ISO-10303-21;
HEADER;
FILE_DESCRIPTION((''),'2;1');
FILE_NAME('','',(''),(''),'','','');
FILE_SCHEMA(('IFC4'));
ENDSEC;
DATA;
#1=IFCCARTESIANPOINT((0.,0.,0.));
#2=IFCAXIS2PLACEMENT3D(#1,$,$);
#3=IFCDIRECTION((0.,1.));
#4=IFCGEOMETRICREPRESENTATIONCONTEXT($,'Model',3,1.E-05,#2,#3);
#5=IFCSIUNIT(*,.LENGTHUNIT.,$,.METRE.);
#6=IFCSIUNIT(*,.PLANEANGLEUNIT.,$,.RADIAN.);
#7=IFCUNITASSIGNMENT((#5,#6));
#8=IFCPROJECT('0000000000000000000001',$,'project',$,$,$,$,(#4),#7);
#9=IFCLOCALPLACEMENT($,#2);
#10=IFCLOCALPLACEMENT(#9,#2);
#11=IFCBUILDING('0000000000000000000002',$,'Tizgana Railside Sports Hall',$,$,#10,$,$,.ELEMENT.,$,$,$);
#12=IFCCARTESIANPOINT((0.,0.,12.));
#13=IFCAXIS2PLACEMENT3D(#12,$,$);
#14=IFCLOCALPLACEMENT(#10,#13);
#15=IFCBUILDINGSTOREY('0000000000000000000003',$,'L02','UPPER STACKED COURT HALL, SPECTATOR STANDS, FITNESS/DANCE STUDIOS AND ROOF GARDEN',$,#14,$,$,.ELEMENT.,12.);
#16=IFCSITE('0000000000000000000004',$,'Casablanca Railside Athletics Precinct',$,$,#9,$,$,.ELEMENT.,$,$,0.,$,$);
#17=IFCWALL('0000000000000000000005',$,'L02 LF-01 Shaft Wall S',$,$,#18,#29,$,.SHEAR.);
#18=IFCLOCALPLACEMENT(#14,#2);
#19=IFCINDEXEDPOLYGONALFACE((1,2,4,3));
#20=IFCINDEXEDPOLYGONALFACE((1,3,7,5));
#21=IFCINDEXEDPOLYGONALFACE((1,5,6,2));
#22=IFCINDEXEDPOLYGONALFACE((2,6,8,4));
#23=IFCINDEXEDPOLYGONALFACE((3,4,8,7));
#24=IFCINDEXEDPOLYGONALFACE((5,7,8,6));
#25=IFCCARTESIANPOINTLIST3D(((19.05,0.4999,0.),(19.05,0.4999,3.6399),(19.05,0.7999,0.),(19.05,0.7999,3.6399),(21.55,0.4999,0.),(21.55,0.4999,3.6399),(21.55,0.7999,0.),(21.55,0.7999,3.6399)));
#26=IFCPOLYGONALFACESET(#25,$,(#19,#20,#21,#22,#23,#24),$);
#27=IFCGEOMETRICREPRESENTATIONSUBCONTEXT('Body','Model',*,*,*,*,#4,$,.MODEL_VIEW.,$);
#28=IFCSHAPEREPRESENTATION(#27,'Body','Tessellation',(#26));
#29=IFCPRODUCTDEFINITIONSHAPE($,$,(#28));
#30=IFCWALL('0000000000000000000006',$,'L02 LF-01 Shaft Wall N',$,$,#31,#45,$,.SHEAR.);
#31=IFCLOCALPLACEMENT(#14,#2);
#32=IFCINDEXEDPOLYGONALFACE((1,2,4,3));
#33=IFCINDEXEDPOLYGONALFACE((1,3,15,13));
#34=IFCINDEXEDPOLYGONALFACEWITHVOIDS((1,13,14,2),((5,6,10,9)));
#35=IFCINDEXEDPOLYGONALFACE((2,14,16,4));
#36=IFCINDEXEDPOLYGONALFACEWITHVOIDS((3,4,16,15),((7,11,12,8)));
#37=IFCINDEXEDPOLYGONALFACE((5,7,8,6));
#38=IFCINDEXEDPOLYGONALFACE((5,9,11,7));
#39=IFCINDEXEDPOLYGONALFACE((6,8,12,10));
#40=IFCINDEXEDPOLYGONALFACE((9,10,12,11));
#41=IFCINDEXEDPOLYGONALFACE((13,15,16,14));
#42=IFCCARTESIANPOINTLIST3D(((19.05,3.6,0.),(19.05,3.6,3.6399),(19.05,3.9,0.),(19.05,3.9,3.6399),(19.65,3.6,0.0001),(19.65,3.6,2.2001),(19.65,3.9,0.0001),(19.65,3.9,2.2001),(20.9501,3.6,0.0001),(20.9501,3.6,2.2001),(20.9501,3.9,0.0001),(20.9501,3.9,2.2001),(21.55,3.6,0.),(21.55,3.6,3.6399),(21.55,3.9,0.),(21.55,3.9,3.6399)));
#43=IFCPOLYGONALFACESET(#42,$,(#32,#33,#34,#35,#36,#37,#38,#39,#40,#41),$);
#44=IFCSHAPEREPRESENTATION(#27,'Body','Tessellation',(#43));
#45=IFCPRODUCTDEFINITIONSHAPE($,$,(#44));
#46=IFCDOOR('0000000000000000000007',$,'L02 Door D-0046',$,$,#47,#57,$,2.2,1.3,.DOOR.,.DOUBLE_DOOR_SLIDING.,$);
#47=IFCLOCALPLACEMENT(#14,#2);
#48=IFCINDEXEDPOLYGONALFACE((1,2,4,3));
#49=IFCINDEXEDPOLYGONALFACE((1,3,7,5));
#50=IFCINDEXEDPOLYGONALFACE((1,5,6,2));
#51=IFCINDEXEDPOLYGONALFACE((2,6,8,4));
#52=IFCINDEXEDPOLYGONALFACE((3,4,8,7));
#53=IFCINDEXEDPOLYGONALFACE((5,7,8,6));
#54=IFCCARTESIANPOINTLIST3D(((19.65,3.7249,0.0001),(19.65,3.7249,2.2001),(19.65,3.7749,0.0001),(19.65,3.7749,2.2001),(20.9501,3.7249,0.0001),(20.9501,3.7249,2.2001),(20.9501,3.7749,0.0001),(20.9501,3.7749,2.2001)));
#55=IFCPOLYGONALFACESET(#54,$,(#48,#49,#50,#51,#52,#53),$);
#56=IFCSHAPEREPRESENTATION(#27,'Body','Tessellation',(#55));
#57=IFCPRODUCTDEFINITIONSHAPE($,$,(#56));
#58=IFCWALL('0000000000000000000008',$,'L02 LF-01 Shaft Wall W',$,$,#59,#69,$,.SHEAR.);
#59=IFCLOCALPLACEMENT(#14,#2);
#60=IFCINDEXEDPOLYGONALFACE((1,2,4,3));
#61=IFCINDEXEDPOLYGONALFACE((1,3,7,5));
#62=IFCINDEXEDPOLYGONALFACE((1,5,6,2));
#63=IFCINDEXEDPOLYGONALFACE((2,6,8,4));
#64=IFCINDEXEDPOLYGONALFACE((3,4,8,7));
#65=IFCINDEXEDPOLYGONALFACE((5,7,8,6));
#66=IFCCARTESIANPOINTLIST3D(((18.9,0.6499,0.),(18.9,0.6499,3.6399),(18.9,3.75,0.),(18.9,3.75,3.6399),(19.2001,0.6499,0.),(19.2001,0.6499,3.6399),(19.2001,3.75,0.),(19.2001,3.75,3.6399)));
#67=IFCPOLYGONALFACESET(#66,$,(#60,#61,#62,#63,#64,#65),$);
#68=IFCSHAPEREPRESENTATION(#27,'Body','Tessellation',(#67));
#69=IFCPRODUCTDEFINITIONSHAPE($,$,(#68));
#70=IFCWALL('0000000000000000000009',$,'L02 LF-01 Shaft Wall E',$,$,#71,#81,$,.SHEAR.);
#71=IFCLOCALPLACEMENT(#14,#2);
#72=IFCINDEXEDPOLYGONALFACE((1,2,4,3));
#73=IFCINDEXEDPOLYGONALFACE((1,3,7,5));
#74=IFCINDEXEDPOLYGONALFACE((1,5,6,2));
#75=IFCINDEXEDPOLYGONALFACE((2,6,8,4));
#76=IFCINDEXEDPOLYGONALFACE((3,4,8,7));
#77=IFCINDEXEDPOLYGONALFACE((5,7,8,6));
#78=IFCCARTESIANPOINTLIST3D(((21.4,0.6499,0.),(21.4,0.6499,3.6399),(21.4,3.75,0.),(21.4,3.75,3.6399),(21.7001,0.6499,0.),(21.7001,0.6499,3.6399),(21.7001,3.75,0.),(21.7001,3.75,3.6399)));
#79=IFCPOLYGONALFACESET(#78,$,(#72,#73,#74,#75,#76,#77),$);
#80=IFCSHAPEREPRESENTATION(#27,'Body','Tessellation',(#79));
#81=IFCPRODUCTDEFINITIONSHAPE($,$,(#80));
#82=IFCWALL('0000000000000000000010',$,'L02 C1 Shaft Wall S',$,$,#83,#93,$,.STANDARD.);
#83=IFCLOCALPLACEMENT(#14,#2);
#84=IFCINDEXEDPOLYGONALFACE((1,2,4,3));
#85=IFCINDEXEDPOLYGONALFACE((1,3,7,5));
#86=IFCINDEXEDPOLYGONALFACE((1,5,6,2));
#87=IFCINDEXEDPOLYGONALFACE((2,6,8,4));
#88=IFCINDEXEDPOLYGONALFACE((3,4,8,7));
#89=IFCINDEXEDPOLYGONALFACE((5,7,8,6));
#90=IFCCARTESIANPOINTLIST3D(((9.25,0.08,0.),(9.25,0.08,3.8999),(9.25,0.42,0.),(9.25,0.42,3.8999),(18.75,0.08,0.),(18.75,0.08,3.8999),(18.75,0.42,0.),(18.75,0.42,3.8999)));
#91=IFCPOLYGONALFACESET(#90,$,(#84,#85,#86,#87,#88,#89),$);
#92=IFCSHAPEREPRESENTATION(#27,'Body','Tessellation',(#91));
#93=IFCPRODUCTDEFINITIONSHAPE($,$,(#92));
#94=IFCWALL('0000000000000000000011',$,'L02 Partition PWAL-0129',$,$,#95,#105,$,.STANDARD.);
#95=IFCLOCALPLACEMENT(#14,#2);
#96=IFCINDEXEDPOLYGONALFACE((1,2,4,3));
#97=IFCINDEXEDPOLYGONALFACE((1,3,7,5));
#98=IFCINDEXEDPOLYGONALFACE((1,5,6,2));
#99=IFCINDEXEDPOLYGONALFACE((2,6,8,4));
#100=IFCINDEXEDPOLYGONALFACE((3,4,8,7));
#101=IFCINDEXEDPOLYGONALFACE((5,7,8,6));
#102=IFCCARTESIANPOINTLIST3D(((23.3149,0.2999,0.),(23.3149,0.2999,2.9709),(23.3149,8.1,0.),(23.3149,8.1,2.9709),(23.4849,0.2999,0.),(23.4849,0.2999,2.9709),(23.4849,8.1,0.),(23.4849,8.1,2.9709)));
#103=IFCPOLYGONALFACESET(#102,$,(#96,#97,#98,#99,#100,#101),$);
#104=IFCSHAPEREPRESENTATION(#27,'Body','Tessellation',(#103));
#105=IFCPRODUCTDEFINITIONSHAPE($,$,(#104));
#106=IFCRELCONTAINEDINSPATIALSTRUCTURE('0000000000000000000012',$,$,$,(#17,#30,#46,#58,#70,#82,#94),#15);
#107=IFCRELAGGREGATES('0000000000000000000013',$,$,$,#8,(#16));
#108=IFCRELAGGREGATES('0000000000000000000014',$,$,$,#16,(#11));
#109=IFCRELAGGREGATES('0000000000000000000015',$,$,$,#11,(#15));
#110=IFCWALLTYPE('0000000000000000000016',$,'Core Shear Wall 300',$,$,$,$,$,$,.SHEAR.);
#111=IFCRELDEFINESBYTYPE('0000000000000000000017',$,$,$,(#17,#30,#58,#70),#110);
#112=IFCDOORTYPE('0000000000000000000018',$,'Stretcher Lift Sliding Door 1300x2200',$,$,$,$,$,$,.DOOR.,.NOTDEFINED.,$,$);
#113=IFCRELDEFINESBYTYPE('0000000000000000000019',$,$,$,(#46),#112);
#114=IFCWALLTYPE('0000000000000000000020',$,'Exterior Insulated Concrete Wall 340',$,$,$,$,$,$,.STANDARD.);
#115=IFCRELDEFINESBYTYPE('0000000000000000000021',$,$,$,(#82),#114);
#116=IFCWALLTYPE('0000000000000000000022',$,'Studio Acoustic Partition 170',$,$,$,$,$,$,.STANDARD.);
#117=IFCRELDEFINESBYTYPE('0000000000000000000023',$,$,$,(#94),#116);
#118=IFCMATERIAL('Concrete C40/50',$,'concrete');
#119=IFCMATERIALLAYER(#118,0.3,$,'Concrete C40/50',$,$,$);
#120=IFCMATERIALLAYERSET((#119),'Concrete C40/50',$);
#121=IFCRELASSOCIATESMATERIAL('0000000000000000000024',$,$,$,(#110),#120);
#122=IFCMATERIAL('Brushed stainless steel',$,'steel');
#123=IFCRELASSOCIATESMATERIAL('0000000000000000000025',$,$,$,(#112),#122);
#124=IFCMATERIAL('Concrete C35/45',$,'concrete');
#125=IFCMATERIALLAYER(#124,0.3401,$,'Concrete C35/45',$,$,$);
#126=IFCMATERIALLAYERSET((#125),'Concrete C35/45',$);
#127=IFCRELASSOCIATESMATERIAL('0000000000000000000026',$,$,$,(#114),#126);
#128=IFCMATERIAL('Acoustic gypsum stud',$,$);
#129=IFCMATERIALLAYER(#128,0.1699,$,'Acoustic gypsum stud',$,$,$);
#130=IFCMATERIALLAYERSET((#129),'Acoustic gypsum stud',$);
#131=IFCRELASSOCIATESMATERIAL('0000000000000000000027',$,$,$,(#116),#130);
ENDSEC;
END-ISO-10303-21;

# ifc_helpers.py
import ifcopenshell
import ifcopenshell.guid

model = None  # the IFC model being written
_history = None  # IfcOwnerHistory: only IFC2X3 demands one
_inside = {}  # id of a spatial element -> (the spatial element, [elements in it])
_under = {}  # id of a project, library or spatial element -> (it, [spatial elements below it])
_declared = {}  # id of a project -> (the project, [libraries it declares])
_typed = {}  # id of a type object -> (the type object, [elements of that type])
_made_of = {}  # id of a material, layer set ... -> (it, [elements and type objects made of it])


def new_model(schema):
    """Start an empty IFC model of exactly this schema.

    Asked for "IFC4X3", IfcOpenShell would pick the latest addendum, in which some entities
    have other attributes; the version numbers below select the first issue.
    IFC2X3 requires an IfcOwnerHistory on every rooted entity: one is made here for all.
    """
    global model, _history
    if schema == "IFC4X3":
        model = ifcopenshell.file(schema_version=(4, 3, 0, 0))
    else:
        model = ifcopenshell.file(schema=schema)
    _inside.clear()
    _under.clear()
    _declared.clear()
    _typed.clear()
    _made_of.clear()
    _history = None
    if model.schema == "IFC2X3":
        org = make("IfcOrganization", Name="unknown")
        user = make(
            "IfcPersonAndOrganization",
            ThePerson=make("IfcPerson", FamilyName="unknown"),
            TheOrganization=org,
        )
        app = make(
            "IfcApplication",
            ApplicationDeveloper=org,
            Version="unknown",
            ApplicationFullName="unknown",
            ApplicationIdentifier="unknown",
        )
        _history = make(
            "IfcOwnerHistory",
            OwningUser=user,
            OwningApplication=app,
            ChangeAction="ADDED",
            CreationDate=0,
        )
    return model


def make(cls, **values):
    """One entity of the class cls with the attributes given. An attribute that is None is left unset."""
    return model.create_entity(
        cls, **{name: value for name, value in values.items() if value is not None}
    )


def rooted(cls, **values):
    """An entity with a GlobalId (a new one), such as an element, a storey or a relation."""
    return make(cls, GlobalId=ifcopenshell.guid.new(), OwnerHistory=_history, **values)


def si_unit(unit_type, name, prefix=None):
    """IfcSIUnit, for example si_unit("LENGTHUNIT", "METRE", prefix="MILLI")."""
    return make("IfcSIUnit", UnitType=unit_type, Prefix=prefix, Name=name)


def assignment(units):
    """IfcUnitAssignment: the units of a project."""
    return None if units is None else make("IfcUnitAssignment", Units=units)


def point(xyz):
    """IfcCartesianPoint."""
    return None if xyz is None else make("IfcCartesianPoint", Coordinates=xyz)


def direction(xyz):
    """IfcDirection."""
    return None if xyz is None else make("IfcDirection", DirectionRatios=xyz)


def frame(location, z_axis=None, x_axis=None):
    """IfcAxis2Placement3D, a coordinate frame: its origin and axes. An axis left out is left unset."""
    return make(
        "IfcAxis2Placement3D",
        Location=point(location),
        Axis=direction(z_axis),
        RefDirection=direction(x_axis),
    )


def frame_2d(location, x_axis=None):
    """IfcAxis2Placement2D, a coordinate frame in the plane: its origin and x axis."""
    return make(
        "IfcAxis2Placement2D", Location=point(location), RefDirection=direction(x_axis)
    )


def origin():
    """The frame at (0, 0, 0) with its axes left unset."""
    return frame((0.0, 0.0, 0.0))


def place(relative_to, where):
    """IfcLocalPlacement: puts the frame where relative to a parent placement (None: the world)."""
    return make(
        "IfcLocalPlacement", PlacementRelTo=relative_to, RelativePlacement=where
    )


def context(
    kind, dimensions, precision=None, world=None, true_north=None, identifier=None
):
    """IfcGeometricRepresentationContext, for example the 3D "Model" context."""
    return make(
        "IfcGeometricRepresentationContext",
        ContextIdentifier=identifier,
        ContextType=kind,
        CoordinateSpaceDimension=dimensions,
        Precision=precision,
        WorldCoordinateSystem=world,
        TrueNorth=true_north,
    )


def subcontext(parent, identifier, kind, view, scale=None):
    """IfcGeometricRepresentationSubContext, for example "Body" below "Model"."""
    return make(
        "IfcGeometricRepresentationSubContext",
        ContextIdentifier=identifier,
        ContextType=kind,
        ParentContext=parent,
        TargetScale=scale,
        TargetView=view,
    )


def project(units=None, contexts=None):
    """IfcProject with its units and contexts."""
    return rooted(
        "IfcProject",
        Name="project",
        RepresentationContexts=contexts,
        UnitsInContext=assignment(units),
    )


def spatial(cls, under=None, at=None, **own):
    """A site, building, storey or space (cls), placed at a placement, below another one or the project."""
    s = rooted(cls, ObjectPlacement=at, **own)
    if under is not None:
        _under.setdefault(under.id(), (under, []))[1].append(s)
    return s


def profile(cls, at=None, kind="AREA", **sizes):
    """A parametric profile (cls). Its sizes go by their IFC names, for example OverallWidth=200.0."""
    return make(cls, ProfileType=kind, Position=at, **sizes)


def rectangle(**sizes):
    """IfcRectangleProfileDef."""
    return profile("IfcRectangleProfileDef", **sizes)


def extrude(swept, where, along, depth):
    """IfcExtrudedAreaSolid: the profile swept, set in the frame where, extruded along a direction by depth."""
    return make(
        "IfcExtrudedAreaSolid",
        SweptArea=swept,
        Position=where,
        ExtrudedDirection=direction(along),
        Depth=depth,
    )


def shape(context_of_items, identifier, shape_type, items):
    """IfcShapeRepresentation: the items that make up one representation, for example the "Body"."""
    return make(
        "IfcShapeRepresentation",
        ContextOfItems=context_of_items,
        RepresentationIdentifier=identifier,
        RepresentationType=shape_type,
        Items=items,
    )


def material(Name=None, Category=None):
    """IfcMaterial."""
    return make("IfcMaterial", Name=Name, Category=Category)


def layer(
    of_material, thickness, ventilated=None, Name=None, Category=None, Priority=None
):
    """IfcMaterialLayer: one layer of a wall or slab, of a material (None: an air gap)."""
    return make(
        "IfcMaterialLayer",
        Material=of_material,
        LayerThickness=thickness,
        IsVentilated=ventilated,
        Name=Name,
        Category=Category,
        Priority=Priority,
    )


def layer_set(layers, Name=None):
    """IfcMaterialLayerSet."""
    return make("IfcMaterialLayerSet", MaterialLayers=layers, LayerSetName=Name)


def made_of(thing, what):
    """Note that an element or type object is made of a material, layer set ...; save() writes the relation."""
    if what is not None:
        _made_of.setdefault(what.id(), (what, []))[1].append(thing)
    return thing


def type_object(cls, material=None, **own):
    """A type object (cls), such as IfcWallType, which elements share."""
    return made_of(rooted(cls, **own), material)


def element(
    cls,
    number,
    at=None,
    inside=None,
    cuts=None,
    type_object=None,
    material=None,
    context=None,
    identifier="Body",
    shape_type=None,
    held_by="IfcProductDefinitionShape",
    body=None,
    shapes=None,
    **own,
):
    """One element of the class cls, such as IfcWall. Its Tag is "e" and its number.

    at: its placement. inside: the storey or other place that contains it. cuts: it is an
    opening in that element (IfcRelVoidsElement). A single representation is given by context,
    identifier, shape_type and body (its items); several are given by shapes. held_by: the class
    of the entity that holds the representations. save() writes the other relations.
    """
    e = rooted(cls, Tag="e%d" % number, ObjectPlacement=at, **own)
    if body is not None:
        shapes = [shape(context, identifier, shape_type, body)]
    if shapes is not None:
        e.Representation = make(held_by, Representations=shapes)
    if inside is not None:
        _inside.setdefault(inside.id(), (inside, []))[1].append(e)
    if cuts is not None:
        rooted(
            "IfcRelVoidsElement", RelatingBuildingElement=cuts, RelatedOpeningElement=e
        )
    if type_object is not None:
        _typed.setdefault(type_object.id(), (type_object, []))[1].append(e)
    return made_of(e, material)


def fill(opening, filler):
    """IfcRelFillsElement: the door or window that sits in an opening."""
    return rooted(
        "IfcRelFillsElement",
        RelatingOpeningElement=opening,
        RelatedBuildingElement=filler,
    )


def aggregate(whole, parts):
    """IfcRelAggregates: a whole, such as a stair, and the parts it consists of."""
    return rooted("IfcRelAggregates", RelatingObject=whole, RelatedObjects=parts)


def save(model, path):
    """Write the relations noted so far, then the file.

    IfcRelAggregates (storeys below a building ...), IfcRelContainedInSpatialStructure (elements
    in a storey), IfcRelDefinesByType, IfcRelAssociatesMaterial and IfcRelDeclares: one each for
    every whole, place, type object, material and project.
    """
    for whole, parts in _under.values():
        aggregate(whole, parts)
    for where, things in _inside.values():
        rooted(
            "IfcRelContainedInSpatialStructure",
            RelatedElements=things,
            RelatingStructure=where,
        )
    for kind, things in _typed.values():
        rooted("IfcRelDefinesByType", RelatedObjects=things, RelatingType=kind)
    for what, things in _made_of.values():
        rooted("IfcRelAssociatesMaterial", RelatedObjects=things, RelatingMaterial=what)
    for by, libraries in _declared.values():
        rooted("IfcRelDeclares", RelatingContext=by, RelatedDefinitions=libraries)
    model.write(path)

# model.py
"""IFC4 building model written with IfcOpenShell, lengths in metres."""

from ifc_helpers import new_model, si_unit, direction, frame, frame_2d, origin, place, context, subcontext, project, spatial, rectangle, extrude, material, layer, layer_set, type_object, element, fill, save


model = new_model("IFC4")

# Units and contexts
model_context = context("Model", 3, precision=1e-05, world=origin(), true_north=direction((0.0, 1.0)))
body_context = subcontext(model_context, "Body", "Model", "MODEL_VIEW")
ifc_project = project(units=[si_unit("LENGTHUNIT", "METRE"), si_unit("PLANEANGLEUNIT", "RADIAN")], contexts=[model_context])

# Site, building, storey
site_placement = place(None, origin())
site = spatial("IfcSite", under=ifc_project, at=site_placement, Name="Casablanca Railside Athletics Precinct", CompositionType="ELEMENT", RefElevation=0.0)
building_placement = place(site_placement, origin())
building = spatial("IfcBuilding", under=site, at=building_placement, Name="Tizgana Railside Sports Hall", CompositionType="ELEMENT")
storey_placement = place(building_placement, frame((0.0, 0.0, 12.0)))
storey = spatial("IfcBuildingStorey", under=building, at=storey_placement, Name="L02", Description="UPPER STACKED COURT HALL, SPECTATOR STANDS, FITNESS/DANCE STUDIOS AND ROOF GARDEN", CompositionType="ELEMENT", Elevation=12.0)

# Wall
ifc_material_1 = material(Name="Concrete C40/50", Category="concrete")
ifc_layer_1 = layer(ifc_material_1, 0.3, Name="Concrete C40/50")
ifc_layer_set_1 = layer_set([ifc_layer_1], Name="Concrete C40/50")
wall_type_1 = type_object("IfcWallType", Name="Core Shear Wall 300", PredefinedType="SHEAR", material=ifc_layer_set_1)
wall_1_placement = place(storey_placement, frame((19.05, 0.6499, 0.0), z_axis=(0.0, 0.0, 1.0), x_axis=(1.0, 0.0, 0.0)))
element("IfcWall", 1, at=wall_1_placement, inside=storey, type_object=wall_type_1, Name="L02 LF-01 Shaft Wall S", PredefinedType="SHEAR", context=body_context, shape_type="SweptSolid", body=[
    extrude(rectangle(XDim=2.5, YDim=0.3, at=frame_2d((1.25, 0.0))), origin(), (0.0, 0.0, 1.0), 3.6399),
])

# Wall, opening, door
wall_2_placement = place(storey_placement, frame((19.05, 3.75, 0.0), z_axis=(0.0, 0.0, 1.0), x_axis=(1.0, 0.0, 0.0)))
wall_2 = element("IfcWall", 2, at=wall_2_placement, inside=storey, type_object=wall_type_1, Name="L02 LF-01 Shaft Wall N", PredefinedType="SHEAR", context=body_context, shape_type="SweptSolid", body=[
    extrude(rectangle(XDim=2.5, YDim=0.3, at=frame_2d((1.25, 0.0))), origin(), (0.0, 0.0, 1.0), 3.6399),
])
opening_placement = place(wall_2_placement, frame((0.6001, 0.0, 0.0)))
opening = element("IfcOpeningElement", 3, at=opening_placement, cuts=wall_2, PredefinedType="OPENING", context=body_context, shape_type="SweptSolid", body=[
    extrude(rectangle(XDim=1.3, YDim=2.2, at=frame_2d((0.6499, 1.1001))), frame((0.0, 0.1599, 0.0), z_axis=(0.0, -1.0, 0.0), x_axis=(1.0, 0.0, 0.0)), (0.0, 0.0, 1.0), 0.3201),
])
ifc_material_2 = material(Name="Brushed stainless steel", Category="steel")
door_type = type_object("IfcDoorType", Name="Stretcher Lift Sliding Door 1300x2200", OperationType="NOTDEFINED", PredefinedType="DOOR", material=ifc_material_2)
door_placement = place(opening_placement, origin())
door = element("IfcDoor", 4, at=door_placement, inside=storey, type_object=door_type, Name="L02 Door D-0046", OperationType="DOUBLE_DOOR_SLIDING", OverallHeight=2.2, OverallWidth=1.3, PredefinedType="DOOR", context=body_context, shape_type="SweptSolid", body=[
    extrude(rectangle(XDim=1.3, YDim=2.2, at=frame_2d((0.6499, 1.1001))), frame((0.0, 0.0249, 0.0), z_axis=(0.0, -1.0, 0.0), x_axis=(1.0, 0.0, 0.0)), (0.0, 0.0, 1.0), 0.05),
])
fill(opening, door)

# Walls
for number, where, z_axis, x_axis, name in (
    (5, (19.05, 0.6499, 0.0), (0.0, 0.0, 1.0), (0.0, 1.0, 0.0), "L02 LF-01 Shaft Wall W"),
    (6, (21.55, 0.6499, 0.0), (0.0, 0.0, 1.0), (0.0, 1.0, 0.0), "L02 LF-01 Shaft Wall E"),
):
    element("IfcWall", number, at=place(storey_placement, frame(where, z_axis=z_axis, x_axis=x_axis)), inside=storey, type_object=wall_type_1, Name=name, PredefinedType="SHEAR", context=body_context, shape_type="SweptSolid", body=[
        extrude(rectangle(XDim=3.1001, YDim=0.3, at=frame_2d((1.55, 0.0))), origin(), (0.0, 0.0, 1.0), 3.6399),
    ])
ifc_material_3 = material(Name="Concrete C35/45", Category="concrete")
ifc_layer_2 = layer(ifc_material_3, 0.3401, Name="Concrete C35/45")
ifc_layer_set_2 = layer_set([ifc_layer_2], Name="Concrete C35/45")
wall_type_2 = type_object("IfcWallType", Name="Exterior Insulated Concrete Wall 340", PredefinedType="STANDARD", material=ifc_layer_set_2)
wall_3_placement = place(storey_placement, frame((18.75, 0.25, 0.0), z_axis=(0.0, 0.0, 1.0), x_axis=(-1.0, 0.0, 0.0)))
element("IfcWall", 7, at=wall_3_placement, inside=storey, type_object=wall_type_2, Name="L02 C1 Shaft Wall S", PredefinedType="STANDARD", context=body_context, shape_type="SweptSolid", body=[
    extrude(rectangle(XDim=9.5, YDim=0.3401, at=frame_2d((4.75, 0.0))), origin(), (0.0, 0.0, 1.0), 3.8999),
])
ifc_material_4 = material(Name="Acoustic gypsum stud")
ifc_layer_3 = layer(ifc_material_4, 0.1699, Name="Acoustic gypsum stud")
ifc_layer_set_3 = layer_set([ifc_layer_3], Name="Acoustic gypsum stud")
wall_type_3 = type_object("IfcWallType", Name="Studio Acoustic Partition 170", PredefinedType="STANDARD", material=ifc_layer_set_3)
wall_4_placement = place(storey_placement, frame((23.3999, 0.3, 0.0), z_axis=(0.0, 0.0, 1.0), x_axis=(0.0, 1.0, 0.0)))
element("IfcWall", 8, at=wall_4_placement, inside=storey, type_object=wall_type_3, Name="L02 Partition PWAL-0129", PredefinedType="STANDARD", context=body_context, shape_type="SweptSolid", body=[
    extrude(rectangle(XDim=7.8, YDim=0.1699, at=frame_2d((3.8999, 0.0))), origin(), (0.0, 0.0, 1.0), 2.9709),
])

save(model, "model.ifc")
